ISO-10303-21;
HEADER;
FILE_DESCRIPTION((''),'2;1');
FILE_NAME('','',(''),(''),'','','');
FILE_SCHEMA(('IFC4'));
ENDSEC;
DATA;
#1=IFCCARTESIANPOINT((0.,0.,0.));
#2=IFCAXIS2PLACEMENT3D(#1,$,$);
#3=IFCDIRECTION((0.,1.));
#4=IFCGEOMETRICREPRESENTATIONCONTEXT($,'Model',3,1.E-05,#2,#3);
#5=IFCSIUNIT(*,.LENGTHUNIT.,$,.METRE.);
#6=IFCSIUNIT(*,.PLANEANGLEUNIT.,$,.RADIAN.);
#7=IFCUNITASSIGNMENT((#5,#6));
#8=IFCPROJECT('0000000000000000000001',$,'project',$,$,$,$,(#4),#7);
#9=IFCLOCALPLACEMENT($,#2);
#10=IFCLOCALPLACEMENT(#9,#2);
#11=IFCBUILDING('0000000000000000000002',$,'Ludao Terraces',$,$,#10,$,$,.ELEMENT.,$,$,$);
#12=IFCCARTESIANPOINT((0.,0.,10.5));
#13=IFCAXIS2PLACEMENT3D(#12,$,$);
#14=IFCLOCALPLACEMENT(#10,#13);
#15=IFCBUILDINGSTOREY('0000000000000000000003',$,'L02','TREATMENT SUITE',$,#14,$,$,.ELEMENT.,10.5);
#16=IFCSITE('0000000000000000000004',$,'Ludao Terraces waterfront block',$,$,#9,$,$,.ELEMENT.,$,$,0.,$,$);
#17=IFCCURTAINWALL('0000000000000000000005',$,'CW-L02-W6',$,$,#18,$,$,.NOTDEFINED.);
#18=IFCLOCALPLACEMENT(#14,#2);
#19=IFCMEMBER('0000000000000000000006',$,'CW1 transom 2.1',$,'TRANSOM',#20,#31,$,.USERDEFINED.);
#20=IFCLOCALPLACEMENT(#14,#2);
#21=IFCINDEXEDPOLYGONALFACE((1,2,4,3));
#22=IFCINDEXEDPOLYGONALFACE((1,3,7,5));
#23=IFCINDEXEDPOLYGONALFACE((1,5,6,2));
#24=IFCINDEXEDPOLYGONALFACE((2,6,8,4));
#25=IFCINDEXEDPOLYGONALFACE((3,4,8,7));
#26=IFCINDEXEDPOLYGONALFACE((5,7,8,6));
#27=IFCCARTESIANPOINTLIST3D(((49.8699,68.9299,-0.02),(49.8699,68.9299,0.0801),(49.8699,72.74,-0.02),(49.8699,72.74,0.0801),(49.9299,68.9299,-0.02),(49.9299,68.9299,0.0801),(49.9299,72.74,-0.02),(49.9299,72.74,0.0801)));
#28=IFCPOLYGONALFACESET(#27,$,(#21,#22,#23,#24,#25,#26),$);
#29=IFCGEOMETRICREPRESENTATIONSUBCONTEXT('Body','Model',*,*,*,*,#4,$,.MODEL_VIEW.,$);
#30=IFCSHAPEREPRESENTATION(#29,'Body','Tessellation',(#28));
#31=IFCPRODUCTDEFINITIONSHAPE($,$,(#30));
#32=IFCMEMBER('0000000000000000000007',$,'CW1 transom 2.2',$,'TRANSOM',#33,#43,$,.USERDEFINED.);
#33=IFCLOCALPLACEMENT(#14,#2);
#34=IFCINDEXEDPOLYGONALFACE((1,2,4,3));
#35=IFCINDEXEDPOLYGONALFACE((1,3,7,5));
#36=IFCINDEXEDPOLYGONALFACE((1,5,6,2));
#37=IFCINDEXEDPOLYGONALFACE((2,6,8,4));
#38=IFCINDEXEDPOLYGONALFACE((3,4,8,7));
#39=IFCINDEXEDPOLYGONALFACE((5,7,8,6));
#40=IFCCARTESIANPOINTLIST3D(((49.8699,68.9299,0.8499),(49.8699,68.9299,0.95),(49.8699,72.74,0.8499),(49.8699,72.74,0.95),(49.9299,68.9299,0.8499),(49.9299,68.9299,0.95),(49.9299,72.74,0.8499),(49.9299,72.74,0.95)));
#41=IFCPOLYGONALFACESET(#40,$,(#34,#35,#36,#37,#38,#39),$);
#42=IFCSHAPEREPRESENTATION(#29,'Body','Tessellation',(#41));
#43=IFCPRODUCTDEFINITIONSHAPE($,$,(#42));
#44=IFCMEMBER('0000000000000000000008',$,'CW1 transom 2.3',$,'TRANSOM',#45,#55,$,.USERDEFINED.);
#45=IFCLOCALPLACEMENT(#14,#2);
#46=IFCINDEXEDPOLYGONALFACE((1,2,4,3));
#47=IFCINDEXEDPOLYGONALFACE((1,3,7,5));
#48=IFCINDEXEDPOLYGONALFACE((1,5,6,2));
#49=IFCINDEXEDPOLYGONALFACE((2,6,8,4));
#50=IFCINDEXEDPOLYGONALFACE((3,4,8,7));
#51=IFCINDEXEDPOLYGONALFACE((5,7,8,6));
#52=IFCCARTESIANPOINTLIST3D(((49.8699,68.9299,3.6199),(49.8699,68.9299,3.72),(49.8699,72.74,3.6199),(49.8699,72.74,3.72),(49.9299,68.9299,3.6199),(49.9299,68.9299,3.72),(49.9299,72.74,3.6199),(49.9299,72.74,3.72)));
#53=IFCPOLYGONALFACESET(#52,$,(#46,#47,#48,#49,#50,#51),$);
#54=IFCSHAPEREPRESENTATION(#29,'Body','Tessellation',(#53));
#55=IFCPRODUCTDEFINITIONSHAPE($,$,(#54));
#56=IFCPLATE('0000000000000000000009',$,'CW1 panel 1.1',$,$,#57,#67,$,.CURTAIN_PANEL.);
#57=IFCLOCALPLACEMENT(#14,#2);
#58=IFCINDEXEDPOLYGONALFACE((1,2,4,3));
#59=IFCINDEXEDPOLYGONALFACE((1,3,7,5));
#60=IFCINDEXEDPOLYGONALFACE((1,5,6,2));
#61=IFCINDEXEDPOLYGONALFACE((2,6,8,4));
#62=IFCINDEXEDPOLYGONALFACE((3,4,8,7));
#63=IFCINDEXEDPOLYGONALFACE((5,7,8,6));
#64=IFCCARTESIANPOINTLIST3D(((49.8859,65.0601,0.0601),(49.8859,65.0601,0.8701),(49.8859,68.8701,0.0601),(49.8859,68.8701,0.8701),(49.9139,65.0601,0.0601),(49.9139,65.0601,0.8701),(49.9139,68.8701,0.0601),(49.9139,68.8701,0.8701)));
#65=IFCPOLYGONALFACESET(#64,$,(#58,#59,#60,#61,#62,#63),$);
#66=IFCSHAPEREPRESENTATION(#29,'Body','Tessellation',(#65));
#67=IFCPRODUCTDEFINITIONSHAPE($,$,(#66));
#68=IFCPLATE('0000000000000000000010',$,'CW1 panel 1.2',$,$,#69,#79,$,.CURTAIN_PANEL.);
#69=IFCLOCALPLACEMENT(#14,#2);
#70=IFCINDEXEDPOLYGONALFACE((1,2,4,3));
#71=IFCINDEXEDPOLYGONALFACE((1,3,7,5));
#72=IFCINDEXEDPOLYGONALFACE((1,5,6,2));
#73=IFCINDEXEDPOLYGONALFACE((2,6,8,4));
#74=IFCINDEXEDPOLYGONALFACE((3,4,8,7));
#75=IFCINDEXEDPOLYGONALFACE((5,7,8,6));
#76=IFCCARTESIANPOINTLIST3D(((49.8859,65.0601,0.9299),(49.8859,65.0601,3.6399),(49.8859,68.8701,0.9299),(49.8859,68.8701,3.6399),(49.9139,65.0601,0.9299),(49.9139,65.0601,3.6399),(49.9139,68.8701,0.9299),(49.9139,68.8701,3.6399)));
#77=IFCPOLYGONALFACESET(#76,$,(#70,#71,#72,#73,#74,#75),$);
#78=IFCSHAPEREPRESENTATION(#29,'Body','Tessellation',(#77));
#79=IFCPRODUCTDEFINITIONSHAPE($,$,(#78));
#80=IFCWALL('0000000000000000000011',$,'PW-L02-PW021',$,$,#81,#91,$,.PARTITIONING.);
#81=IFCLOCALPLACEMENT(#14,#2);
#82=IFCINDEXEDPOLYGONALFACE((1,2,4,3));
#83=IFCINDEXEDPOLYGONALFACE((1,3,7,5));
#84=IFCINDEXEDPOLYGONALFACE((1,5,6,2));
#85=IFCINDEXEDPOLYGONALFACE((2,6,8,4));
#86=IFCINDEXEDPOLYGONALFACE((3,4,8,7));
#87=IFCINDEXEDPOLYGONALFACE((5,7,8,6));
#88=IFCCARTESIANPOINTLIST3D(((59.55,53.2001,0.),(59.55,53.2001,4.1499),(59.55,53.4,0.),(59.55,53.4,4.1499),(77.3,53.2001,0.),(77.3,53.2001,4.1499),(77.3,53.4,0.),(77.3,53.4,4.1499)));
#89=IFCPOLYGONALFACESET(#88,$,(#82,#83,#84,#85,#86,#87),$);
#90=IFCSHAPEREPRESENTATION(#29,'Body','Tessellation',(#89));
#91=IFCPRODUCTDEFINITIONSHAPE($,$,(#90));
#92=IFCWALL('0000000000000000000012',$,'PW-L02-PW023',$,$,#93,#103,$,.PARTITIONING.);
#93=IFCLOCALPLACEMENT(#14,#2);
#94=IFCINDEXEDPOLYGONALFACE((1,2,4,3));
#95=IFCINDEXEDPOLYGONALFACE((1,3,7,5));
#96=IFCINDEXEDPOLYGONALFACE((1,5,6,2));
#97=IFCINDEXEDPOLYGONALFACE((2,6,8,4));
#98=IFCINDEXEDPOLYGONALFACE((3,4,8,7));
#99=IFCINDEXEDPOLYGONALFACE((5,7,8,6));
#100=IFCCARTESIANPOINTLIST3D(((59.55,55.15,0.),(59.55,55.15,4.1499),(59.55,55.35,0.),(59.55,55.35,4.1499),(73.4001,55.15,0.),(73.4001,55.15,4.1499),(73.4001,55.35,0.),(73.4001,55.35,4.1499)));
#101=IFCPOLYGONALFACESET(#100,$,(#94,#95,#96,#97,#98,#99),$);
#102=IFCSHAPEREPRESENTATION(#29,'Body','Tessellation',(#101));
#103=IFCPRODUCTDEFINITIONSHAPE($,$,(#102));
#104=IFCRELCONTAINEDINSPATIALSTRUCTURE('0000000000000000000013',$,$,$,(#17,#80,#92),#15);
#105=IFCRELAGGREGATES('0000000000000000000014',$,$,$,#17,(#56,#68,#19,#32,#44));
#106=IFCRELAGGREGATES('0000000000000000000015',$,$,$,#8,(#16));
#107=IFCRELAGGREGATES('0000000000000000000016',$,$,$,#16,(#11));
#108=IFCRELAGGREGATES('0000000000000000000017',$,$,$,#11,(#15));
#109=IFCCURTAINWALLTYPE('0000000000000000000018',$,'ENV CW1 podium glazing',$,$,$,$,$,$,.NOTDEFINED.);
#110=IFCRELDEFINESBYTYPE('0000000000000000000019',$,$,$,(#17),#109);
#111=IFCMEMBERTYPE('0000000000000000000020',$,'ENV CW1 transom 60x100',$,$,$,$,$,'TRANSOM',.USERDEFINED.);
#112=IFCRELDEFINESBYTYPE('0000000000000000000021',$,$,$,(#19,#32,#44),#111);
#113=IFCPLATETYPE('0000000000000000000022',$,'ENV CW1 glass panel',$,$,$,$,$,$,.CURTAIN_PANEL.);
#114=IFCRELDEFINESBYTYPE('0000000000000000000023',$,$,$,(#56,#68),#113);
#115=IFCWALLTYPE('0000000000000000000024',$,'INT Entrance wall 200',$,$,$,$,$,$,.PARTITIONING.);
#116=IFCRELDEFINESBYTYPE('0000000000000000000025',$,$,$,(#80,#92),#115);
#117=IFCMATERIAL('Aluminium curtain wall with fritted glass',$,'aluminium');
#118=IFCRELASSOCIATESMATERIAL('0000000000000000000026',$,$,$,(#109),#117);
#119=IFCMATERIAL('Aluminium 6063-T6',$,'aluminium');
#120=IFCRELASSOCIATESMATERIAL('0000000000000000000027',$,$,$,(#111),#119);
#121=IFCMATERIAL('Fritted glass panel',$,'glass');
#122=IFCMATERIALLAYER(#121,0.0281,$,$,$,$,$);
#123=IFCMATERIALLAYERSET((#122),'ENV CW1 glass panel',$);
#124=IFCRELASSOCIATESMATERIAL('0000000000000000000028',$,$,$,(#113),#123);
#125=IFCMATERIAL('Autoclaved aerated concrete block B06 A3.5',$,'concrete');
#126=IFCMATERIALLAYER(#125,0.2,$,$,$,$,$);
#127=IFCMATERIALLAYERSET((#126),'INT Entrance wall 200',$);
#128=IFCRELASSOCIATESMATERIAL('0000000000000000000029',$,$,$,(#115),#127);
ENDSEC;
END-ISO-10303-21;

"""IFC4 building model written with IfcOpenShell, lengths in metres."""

from ifc_helpers import new_model, si_unit, direction, frame, frame_2d, origin, origin_2d, place, context, subcontext, project, spatial, rectangle, extrude, material, layer, layer_set, material_profile, profile_set, type_object, element, aggregate, save


model = new_model("IFC4")

# Units and contexts
model_context = context("Model", 3, precision=1e-05, world=origin(), true_north=direction((0.0, 1.0)))
body_context = subcontext(model_context, "Body", "Model", "MODEL_VIEW")
ifc_project = project(units=[si_unit("LENGTHUNIT", "METRE"), si_unit("PLANEANGLEUNIT", "RADIAN")], contexts=[model_context])

# Site, building, storey
site_placement = place(None, origin())
site = spatial("IfcSite", under=ifc_project, at=site_placement, Name="Ludao Terraces waterfront block", CompositionType="ELEMENT", RefElevation=0.0)
building_placement = place(site_placement, origin())
building = spatial("IfcBuilding", under=site, at=building_placement, Name="Ludao Terraces", CompositionType="ELEMENT")
storey_placement = place(building_placement, frame((0.0, 0.0, 10.5)))
storey = spatial("IfcBuildingStorey", under=building, at=storey_placement, Name="L02", Description="TREATMENT SUITE", CompositionType="ELEMENT", Elevation=10.5)

# Curtain wall, members, plates
ifc_material_1 = material(Name="Aluminium curtain wall with fritted glass", Category="aluminium")
curtain_wall_type = type_object("IfcCurtainWallType", Name="ENV CW1 podium glazing", PredefinedType="NOTDEFINED", material=ifc_material_1)
curtain_wall_placement = place(storey_placement, origin())
curtain_wall = element("IfcCurtainWall", 1, at=curtain_wall_placement, inside=storey, type_object=curtain_wall_type, Name="CW-L02-W6", PredefinedType="NOTDEFINED")
ifc_material_2 = material(Name="Aluminium 6063-T6", Category="aluminium")
ifc_material_profile_1 = material_profile(ifc_material_2, rectangle(XDim=0.0601, YDim=0.1001, at=origin_2d()), Name="60 X 100")
ifc_profile_set_1 = profile_set([ifc_material_profile_1], Name="Aluminium 6063-T6")
member_type_1 = type_object("IfcMemberType", Name="ENV CW1 transom 60x100", ElementType="TRANSOM", PredefinedType="USERDEFINED", material=ifc_profile_set_1)
member_1_placement = place(storey_placement, frame((49.8999, 68.9299, 0.03), z_axis=(0.0, 1.0, 0.0), x_axis=(-1.0, 0.0, 0.0)))
member_1 = element("IfcMember", 2, at=member_1_placement, type_object=member_type_1, Name="CW1 transom 2.1", ObjectType="TRANSOM", PredefinedType="USERDEFINED", context=body_context, shape_type="SweptSolid", body=[
    extrude(rectangle(XDim=0.0601, YDim=0.1001, at=origin_2d()), origin(), (0.0, 0.0, 1.0), 3.8101),
])
member_2_placement = place(storey_placement, frame((49.8999, 68.9299, 0.8999), z_axis=(0.0, 1.0, 0.0), x_axis=(-1.0, 0.0, 0.0)))
member_2 = element("IfcMember", 3, at=member_2_placement, type_object=member_type_1, Name="CW1 transom 2.2", ObjectType="TRANSOM", PredefinedType="USERDEFINED", context=body_context, shape_type="SweptSolid", body=[
    extrude(rectangle(XDim=0.0601, YDim=0.1001, at=origin_2d()), origin(), (0.0, 0.0, 1.0), 3.8101),
])
member_3_placement = place(storey_placement, frame((49.8999, 68.9299, 3.6699), z_axis=(0.0, 1.0, 0.0), x_axis=(-1.0, 0.0, 0.0)))
member_3 = element("IfcMember", 4, at=member_3_placement, type_object=member_type_1, Name="CW1 transom 2.3", ObjectType="TRANSOM", PredefinedType="USERDEFINED", context=body_context, shape_type="SweptSolid", body=[
    extrude(rectangle(XDim=0.0601, YDim=0.1001, at=origin_2d()), origin(), (0.0, 0.0, 1.0), 3.8101),
])
ifc_material_3 = material(Name="Fritted glass panel", Category="glass")
ifc_layer_1 = layer(ifc_material_3, 0.0281)
ifc_layer_set_1 = layer_set([ifc_layer_1], Name="ENV CW1 glass panel")
plate_type = type_object("IfcPlateType", Name="ENV CW1 glass panel", PredefinedType="CURTAIN_PANEL", material=ifc_layer_set_1)
plate_1_placement = place(storey_placement, frame((49.8999, 66.9651, 0.0601), z_axis=(0.0, 0.0, 1.0), x_axis=(0.0, 1.0, 0.0)))
plate_1 = element("IfcPlate", 5, at=plate_1_placement, type_object=plate_type, Name="CW1 panel 1.1", PredefinedType="CURTAIN_PANEL", context=body_context, shape_type="SweptSolid", body=[
    extrude(rectangle(XDim=3.8101, YDim=0.0281, at=origin_2d()), origin(), (0.0, 0.0, 1.0), 0.8101),
])
plate_2_placement = place(storey_placement, frame((49.8999, 66.9651, 0.9299), z_axis=(0.0, 0.0, 1.0), x_axis=(0.0, 1.0, 0.0)))
plate_2 = element("IfcPlate", 6, at=plate_2_placement, type_object=plate_type, Name="CW1 panel 1.2", PredefinedType="CURTAIN_PANEL", context=body_context, shape_type="SweptSolid", body=[
    extrude(rectangle(XDim=3.8101, YDim=0.0281, at=origin_2d()), origin(), (0.0, 0.0, 1.0), 2.71),
])
aggregate(curtain_wall, [plate_1, plate_2, member_1, member_2, member_3])

# Walls
ifc_material_4 = material(Name="Autoclaved aerated concrete block B06 A3.5", Category="concrete")
ifc_layer_2 = layer(ifc_material_4, 0.2)
ifc_layer_set_2 = layer_set([ifc_layer_2], Name="INT Entrance wall 200")
wall_type_1 = type_object("IfcWallType", Name="INT Entrance wall 200", PredefinedType="PARTITIONING", material=ifc_layer_set_2)
wall_1_placement = place(storey_placement, frame((59.55, 53.3, 0.0), z_axis=(0.0, 0.0, 1.0), x_axis=(1.0, 0.0, 0.0)))
element("IfcWall", 7, at=wall_1_placement, inside=storey, type_object=wall_type_1, Name="PW-L02-PW021", PredefinedType="PARTITIONING", context=body_context, shape_type="SweptSolid", body=[
    extrude(rectangle(XDim=17.75, YDim=0.2, at=frame_2d((8.875, 0.0))), origin(), (0.0, 0.0, 1.0), 4.1499),
])
wall_2_placement = place(storey_placement, frame((59.55, 55.25, 0.0), z_axis=(0.0, 0.0, 1.0), x_axis=(1.0, 0.0, 0.0)))
element("IfcWall", 8, at=wall_2_placement, inside=storey, type_object=wall_type_1, Name="PW-L02-PW023", PredefinedType="PARTITIONING", context=body_context, shape_type="SweptSolid", body=[
    extrude(rectangle(XDim=13.8501, YDim=0.2, at=frame_2d((6.925, 0.0))), origin(), (0.0, 0.0, 1.0), 4.1499),
])

save(model, "model.ifc")
